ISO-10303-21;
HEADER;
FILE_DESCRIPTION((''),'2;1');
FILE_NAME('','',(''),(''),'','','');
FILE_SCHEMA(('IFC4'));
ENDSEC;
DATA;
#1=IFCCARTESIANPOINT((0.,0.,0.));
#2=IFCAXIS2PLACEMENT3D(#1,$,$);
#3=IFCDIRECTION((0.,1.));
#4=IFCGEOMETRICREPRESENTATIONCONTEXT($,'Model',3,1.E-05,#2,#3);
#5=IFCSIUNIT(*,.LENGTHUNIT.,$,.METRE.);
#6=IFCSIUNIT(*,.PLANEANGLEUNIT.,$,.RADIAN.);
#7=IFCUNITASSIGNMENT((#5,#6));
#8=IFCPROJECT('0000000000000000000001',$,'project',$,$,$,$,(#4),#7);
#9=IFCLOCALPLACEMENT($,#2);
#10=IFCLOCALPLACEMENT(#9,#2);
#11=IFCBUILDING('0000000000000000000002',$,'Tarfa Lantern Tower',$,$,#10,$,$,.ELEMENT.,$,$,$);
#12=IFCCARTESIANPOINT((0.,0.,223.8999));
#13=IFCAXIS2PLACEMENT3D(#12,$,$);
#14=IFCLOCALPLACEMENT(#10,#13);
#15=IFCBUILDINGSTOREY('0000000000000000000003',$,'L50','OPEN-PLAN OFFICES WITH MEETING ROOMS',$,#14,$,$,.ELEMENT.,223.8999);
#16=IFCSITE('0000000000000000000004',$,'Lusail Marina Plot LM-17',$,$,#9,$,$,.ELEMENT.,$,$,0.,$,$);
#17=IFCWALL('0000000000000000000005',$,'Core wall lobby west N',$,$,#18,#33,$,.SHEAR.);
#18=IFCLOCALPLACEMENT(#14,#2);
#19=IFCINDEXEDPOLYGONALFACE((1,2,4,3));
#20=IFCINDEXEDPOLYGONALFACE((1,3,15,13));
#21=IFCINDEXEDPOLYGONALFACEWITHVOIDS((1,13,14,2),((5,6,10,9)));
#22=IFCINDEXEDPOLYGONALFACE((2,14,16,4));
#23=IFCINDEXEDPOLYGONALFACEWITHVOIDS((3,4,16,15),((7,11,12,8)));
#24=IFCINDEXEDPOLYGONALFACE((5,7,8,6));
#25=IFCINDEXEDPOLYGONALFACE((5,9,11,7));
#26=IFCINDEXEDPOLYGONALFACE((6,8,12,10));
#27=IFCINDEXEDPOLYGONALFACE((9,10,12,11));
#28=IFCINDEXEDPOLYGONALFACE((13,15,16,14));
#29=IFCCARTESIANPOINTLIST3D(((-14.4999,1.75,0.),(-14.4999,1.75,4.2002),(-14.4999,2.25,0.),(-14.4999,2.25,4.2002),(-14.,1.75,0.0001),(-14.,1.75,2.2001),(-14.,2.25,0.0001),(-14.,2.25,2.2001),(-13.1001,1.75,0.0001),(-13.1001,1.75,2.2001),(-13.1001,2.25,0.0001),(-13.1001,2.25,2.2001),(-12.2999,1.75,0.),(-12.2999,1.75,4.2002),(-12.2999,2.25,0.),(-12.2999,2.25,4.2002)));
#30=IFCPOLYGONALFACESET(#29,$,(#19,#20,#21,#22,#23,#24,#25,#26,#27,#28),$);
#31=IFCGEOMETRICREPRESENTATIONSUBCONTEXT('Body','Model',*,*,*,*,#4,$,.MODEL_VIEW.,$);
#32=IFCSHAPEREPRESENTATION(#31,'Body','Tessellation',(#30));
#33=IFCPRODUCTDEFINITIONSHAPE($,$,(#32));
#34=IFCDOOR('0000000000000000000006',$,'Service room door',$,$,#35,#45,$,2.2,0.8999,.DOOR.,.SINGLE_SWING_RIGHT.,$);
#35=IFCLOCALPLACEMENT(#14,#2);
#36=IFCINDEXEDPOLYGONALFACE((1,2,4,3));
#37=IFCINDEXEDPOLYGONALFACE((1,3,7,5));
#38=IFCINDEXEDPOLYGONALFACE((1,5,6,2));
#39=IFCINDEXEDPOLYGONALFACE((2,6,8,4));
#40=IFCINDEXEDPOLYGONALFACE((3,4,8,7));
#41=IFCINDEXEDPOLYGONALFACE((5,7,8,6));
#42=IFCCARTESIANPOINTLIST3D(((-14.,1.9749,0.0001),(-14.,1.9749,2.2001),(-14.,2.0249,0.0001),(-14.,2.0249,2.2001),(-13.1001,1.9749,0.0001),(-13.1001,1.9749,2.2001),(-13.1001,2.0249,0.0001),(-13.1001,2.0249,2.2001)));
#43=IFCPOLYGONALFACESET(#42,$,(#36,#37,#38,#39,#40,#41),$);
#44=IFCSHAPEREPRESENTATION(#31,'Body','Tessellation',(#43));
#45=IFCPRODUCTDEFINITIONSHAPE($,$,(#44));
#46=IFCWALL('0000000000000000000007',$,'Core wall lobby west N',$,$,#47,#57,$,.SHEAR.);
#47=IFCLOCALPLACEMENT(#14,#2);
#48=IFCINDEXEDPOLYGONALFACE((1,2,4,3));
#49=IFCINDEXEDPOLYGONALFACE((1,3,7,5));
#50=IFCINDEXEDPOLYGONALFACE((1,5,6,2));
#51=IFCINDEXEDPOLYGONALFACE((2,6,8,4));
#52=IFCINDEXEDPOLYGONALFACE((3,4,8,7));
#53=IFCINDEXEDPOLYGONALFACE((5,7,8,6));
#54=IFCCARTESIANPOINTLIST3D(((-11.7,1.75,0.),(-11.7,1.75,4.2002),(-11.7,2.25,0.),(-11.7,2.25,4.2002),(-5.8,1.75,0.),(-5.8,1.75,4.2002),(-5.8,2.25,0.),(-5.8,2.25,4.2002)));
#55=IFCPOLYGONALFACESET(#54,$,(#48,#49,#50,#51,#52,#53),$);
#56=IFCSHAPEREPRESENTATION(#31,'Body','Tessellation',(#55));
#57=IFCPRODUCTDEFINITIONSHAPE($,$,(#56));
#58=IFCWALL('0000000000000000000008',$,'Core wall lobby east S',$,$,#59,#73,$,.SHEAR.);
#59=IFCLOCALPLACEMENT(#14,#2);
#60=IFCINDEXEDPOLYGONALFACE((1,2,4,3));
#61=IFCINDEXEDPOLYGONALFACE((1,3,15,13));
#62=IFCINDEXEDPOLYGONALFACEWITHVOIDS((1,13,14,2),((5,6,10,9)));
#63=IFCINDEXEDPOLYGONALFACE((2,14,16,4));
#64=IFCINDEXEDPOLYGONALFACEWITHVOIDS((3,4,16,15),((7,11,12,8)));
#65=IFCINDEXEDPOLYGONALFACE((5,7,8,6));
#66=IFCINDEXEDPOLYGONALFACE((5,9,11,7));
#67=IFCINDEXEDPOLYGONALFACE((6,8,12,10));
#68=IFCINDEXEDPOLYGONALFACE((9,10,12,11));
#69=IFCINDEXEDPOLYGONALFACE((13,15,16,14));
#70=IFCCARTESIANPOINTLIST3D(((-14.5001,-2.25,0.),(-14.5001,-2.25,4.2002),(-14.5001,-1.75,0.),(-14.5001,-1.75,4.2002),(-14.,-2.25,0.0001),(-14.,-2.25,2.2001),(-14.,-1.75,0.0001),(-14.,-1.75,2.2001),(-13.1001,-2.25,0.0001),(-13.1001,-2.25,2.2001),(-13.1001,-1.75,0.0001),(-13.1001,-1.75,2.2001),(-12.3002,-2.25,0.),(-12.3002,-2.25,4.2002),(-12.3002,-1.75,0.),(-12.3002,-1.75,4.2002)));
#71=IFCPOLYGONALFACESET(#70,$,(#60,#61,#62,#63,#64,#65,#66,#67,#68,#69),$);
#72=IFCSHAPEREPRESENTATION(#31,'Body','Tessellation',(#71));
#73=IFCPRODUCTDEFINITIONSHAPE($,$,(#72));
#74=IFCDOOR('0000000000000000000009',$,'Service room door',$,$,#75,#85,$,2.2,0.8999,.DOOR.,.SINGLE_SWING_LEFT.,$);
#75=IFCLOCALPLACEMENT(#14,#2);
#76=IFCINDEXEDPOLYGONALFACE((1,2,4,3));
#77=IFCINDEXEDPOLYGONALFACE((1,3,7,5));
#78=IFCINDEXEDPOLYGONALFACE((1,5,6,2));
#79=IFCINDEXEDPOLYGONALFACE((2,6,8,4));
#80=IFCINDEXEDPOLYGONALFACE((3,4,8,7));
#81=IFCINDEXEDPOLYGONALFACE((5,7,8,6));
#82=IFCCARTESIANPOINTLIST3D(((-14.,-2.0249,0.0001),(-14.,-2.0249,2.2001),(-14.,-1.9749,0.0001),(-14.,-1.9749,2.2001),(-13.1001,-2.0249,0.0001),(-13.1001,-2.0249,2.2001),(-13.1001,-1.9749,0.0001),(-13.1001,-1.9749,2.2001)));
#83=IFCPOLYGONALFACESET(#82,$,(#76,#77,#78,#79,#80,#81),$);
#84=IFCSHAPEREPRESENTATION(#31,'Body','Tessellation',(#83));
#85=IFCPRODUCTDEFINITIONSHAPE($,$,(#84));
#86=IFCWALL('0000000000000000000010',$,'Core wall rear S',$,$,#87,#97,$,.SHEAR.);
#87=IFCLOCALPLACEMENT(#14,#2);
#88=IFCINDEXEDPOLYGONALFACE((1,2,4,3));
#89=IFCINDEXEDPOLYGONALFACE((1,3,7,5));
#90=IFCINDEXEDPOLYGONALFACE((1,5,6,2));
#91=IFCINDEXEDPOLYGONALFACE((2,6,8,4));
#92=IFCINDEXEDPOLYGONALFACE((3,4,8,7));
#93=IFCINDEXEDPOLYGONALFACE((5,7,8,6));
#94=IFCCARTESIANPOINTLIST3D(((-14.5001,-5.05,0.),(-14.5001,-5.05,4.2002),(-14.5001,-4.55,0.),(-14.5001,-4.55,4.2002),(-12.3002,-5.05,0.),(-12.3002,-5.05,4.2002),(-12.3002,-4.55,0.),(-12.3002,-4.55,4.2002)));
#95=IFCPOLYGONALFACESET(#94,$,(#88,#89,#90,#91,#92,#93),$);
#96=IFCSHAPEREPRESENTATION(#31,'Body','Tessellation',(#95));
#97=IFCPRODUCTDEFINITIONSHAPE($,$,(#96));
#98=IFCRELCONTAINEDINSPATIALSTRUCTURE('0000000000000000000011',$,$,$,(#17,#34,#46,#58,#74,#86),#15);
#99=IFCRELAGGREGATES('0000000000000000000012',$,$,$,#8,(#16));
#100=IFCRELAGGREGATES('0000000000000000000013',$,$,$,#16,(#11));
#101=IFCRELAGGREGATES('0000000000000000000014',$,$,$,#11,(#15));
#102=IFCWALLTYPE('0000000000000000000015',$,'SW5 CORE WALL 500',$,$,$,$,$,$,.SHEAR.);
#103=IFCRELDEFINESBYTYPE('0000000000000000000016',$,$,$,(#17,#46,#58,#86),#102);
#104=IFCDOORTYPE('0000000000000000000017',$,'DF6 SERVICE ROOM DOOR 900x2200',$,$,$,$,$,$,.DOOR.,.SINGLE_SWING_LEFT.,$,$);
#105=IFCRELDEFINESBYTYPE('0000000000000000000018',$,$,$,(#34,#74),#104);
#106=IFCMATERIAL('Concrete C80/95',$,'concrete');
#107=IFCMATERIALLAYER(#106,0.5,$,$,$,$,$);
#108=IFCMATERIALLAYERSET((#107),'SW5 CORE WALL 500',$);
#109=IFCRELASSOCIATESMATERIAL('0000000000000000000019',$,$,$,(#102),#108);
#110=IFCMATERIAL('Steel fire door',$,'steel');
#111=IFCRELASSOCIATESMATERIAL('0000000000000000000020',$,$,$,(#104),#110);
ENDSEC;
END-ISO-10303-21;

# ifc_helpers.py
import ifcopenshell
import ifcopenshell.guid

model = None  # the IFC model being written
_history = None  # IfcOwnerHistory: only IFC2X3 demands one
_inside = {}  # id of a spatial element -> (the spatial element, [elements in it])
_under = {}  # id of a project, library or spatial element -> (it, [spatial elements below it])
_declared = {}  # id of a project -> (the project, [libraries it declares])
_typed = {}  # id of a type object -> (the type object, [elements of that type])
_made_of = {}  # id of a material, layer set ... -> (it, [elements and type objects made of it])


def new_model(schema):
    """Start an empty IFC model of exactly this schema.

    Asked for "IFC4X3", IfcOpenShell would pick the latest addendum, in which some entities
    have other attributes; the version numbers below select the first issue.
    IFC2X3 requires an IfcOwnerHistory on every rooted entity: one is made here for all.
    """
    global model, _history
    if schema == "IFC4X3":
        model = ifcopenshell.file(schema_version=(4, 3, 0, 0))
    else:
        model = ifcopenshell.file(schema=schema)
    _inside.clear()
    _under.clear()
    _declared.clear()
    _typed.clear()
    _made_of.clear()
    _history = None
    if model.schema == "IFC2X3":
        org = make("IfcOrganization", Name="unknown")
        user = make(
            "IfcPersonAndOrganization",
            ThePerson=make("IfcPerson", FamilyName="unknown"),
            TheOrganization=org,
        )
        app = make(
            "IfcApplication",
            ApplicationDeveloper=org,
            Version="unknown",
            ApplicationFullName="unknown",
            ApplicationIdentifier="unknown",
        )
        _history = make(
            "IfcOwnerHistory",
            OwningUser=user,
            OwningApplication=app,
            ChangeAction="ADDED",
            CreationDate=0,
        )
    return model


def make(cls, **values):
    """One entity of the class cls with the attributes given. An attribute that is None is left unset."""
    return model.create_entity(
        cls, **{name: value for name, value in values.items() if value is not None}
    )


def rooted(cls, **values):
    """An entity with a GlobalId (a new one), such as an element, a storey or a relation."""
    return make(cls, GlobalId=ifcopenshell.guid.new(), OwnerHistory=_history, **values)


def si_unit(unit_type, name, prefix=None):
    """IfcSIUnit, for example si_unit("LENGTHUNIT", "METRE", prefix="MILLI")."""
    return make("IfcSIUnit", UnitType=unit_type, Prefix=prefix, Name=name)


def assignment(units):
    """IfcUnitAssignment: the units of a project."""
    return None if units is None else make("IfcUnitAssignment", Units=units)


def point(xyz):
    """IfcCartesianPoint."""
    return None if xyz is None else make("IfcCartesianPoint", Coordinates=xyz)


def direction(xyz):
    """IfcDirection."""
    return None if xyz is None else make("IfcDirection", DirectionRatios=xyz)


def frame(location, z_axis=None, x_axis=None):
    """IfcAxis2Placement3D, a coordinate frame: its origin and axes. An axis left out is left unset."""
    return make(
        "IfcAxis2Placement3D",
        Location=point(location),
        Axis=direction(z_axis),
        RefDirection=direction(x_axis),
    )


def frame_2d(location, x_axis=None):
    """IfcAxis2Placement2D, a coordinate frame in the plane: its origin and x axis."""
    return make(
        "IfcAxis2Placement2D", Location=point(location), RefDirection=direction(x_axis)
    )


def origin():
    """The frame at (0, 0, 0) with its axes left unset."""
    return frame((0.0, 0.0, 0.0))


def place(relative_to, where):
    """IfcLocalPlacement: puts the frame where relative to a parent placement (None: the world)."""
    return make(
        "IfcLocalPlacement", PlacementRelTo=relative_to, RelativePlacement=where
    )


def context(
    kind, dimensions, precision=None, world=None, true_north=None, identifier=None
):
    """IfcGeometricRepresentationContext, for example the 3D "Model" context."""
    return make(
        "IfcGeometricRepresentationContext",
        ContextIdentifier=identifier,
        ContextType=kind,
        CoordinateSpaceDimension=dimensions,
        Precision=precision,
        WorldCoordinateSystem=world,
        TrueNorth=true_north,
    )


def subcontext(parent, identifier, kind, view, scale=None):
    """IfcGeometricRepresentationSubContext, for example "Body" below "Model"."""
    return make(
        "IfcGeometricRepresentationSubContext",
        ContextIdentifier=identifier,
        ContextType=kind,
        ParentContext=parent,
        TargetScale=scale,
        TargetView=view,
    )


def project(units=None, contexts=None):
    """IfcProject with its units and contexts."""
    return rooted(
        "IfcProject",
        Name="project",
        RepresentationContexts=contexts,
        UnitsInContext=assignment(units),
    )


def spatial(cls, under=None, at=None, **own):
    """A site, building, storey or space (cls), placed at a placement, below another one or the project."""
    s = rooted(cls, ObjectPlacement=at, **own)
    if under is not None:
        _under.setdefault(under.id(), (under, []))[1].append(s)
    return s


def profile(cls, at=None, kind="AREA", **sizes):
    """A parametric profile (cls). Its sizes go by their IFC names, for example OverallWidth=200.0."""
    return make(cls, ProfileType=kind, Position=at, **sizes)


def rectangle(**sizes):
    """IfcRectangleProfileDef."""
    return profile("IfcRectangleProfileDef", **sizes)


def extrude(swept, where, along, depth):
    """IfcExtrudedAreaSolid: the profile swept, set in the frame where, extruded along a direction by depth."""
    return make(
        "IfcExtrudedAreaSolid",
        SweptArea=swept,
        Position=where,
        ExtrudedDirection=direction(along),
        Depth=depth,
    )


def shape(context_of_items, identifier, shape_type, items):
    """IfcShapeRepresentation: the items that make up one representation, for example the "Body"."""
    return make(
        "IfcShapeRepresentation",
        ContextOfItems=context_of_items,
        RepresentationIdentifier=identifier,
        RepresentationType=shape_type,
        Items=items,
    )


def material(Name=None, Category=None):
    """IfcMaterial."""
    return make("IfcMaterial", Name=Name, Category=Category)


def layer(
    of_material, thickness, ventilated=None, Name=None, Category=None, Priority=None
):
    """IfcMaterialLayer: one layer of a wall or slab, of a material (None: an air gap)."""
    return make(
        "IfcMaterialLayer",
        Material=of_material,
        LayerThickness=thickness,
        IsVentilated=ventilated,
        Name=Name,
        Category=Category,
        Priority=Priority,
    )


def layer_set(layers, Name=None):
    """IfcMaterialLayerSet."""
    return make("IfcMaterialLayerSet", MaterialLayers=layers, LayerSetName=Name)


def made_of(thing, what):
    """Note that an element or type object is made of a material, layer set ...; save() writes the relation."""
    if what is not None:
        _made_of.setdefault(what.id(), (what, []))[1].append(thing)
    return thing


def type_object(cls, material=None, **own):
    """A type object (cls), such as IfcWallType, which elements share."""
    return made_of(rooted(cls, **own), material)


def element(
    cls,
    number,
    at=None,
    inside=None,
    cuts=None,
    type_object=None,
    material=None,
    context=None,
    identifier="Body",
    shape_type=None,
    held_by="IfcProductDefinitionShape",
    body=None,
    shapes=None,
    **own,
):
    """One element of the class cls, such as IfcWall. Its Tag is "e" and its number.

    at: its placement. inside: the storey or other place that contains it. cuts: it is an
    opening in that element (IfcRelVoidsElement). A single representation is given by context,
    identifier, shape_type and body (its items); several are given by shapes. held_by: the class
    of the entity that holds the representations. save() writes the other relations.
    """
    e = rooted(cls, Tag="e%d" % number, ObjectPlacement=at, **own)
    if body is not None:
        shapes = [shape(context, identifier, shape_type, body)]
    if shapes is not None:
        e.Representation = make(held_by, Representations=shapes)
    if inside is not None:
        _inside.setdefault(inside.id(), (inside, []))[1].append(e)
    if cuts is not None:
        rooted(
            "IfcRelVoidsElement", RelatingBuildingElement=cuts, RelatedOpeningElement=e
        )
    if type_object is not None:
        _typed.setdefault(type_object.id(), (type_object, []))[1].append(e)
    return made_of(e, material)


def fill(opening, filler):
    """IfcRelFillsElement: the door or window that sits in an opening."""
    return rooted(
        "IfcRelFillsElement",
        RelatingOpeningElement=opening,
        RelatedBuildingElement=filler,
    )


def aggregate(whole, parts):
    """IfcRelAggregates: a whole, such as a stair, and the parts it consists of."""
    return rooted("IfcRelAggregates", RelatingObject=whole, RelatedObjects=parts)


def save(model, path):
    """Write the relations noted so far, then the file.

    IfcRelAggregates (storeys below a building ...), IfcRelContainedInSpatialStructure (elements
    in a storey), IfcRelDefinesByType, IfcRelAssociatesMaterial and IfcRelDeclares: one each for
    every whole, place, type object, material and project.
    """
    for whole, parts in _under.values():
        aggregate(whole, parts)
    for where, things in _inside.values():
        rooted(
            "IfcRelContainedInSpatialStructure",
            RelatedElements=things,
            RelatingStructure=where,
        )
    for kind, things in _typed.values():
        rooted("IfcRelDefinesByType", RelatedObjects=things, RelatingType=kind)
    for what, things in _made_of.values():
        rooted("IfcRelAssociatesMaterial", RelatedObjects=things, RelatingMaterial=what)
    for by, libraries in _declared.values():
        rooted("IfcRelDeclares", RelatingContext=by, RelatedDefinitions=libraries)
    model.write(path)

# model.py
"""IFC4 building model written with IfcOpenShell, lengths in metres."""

from ifc_helpers import new_model, si_unit, direction, frame, frame_2d, origin, place, context, subcontext, project, spatial, rectangle, extrude, material, layer, layer_set, type_object, element, fill, save


model = new_model("IFC4")

# Units and contexts
model_context = context("Model", 3, precision=1e-05, world=origin(), true_north=direction((0.0, 1.0)))
body_context = subcontext(model_context, "Body", "Model", "MODEL_VIEW")
ifc_project = project(units=[si_unit("LENGTHUNIT", "METRE"), si_unit("PLANEANGLEUNIT", "RADIAN")], contexts=[model_context])

# Site, building, storey
site_placement = place(None, origin())
site = spatial("IfcSite", under=ifc_project, at=site_placement, Name="Lusail Marina Plot LM-17", CompositionType="ELEMENT", RefElevation=0.0)
building_placement = place(site_placement, origin())
building = spatial("IfcBuilding", under=site, at=building_placement, Name="Tarfa Lantern Tower", CompositionType="ELEMENT")
storey_placement = place(building_placement, frame((0.0, 0.0, 223.8999)))
storey = spatial("IfcBuildingStorey", under=building, at=storey_placement, Name="L50", Description="OPEN-PLAN OFFICES WITH MEETING ROOMS", CompositionType="ELEMENT", Elevation=223.8999)

# Shared definitions
ifc_material_1 = material(Name="Concrete C80/95", Category="concrete")

# Wall, opening, door
ifc_layer_1 = layer(ifc_material_1, 0.5)
ifc_layer_set_1 = layer_set([ifc_layer_1], Name="SW5 CORE WALL 500")
wall_type_1 = type_object("IfcWallType", Name="SW5 CORE WALL 500", PredefinedType="SHEAR", material=ifc_layer_set_1)
wall_1_placement = place(storey_placement, frame((-14.5, 2.0, 0.0), z_axis=(0.0, 0.0, 1.0), x_axis=(1.0, 0.0, 0.0)))
wall_1 = element("IfcWall", 1, at=wall_1_placement, inside=storey, type_object=wall_type_1, Name="Core wall lobby west N", PredefinedType="SHEAR", context=body_context, shape_type="SweptSolid", body=[
    extrude(rectangle(XDim=2.2, YDim=0.5, at=frame_2d((1.1001, 0.0))), origin(), (0.0, 0.0, 1.0), 4.2002),
])
opening_1_placement = place(wall_1_placement, frame((0.5, 0.0, 0.0)))
opening_1 = element("IfcOpeningElement", 2, at=opening_1_placement, cuts=wall_1, PredefinedType="OPENING", context=body_context, shape_type="SweptSolid", body=[
    extrude(rectangle(XDim=0.8999, YDim=2.2, at=frame_2d((0.45, 1.1001))), frame((0.0, 0.26, 0.0), z_axis=(0.0, -1.0, 0.0), x_axis=(1.0, 0.0, 0.0)), (0.0, 0.0, 1.0), 0.52),
])
ifc_material_2 = material(Name="Steel fire door", Category="steel")
door_type_1 = type_object("IfcDoorType", Name="DF6 SERVICE ROOM DOOR 900x2200", OperationType="SINGLE_SWING_LEFT", PredefinedType="DOOR", material=ifc_material_2)
door_1_placement = place(opening_1_placement, origin())
door_1 = element("IfcDoor", 3, at=door_1_placement, inside=storey, type_object=door_type_1, Name="Service room door", OperationType="SINGLE_SWING_RIGHT", OverallHeight=2.2, OverallWidth=0.8999, PredefinedType="DOOR", context=body_context, shape_type="SweptSolid", body=[
    extrude(rectangle(XDim=0.8999, YDim=2.2, at=frame_2d((0.45, 1.1001))), frame((0.0, 0.0249, 0.0), z_axis=(0.0, -1.0, 0.0), x_axis=(1.0, 0.0, 0.0)), (0.0, 0.0, 1.0), 0.05),
])
fill(opening_1, door_1)

# Wall
wall_2_placement = place(storey_placement, frame((-11.7, 2.0, 0.0), z_axis=(0.0, 0.0, 1.0), x_axis=(1.0, 0.0, 0.0)))
element("IfcWall", 4, at=wall_2_placement, inside=storey, type_object=wall_type_1, Name="Core wall lobby west N", PredefinedType="SHEAR", context=body_context, shape_type="SweptSolid", body=[
    extrude(rectangle(XDim=5.8999, YDim=0.5, at=frame_2d((2.95, 0.0))), origin(), (0.0, 0.0, 1.0), 4.2002),
])

# Wall, opening, door
wall_3_placement = place(storey_placement, frame((-12.3, -2.0, 0.0), z_axis=(0.0, 0.0, 1.0), x_axis=(-1.0, 0.0, 0.0)))
wall_3 = element("IfcWall", 5, at=wall_3_placement, inside=storey, type_object=wall_type_1, Name="Core wall lobby east S", PredefinedType="SHEAR", context=body_context, shape_type="SweptSolid", body=[
    extrude(rectangle(XDim=2.2, YDim=0.5, at=frame_2d((1.1001, 0.0))), origin(), (0.0, 0.0, 1.0), 4.2002),
])
opening_2_placement = place(wall_3_placement, frame((0.8, 0.0, 0.0)))
opening_2 = element("IfcOpeningElement", 6, at=opening_2_placement, cuts=wall_3, PredefinedType="OPENING", context=body_context, shape_type="SweptSolid", body=[
    extrude(rectangle(XDim=0.8999, YDim=2.2, at=frame_2d((0.45, 1.1001))), frame((0.0, 0.26, 0.0), z_axis=(0.0, -1.0, 0.0), x_axis=(1.0, 0.0, 0.0)), (0.0, 0.0, 1.0), 0.52),
])
door_2_placement = place(opening_2_placement, origin())
door_2 = element("IfcDoor", 7, at=door_2_placement, inside=storey, type_object=door_type_1, Name="Service room door", OperationType="SINGLE_SWING_LEFT", OverallHeight=2.2, OverallWidth=0.8999, PredefinedType="DOOR", context=body_context, shape_type="SweptSolid", body=[
    extrude(rectangle(XDim=0.8999, YDim=2.2, at=frame_2d((0.45, 1.1001))), frame((0.0, 0.0249, 0.0), z_axis=(0.0, -1.0, 0.0), x_axis=(1.0, 0.0, 0.0)), (0.0, 0.0, 1.0), 0.05),
])
fill(opening_2, door_2)

# Wall
wall_4_placement = place(storey_placement, frame((-12.3, -4.8, 0.0), z_axis=(0.0, 0.0, 1.0), x_axis=(-1.0, 0.0, 0.0)))
element("IfcWall", 8, at=wall_4_placement, inside=storey, type_object=wall_type_1, Name="Core wall rear S", PredefinedType="SHEAR", context=body_context, shape_type="SweptSolid", body=[
    extrude(rectangle(XDim=2.2, YDim=0.5, at=frame_2d((1.1001, 0.0))), origin(), (0.0, 0.0, 1.0), 4.2002),
])

save(model, "model.ifc")
